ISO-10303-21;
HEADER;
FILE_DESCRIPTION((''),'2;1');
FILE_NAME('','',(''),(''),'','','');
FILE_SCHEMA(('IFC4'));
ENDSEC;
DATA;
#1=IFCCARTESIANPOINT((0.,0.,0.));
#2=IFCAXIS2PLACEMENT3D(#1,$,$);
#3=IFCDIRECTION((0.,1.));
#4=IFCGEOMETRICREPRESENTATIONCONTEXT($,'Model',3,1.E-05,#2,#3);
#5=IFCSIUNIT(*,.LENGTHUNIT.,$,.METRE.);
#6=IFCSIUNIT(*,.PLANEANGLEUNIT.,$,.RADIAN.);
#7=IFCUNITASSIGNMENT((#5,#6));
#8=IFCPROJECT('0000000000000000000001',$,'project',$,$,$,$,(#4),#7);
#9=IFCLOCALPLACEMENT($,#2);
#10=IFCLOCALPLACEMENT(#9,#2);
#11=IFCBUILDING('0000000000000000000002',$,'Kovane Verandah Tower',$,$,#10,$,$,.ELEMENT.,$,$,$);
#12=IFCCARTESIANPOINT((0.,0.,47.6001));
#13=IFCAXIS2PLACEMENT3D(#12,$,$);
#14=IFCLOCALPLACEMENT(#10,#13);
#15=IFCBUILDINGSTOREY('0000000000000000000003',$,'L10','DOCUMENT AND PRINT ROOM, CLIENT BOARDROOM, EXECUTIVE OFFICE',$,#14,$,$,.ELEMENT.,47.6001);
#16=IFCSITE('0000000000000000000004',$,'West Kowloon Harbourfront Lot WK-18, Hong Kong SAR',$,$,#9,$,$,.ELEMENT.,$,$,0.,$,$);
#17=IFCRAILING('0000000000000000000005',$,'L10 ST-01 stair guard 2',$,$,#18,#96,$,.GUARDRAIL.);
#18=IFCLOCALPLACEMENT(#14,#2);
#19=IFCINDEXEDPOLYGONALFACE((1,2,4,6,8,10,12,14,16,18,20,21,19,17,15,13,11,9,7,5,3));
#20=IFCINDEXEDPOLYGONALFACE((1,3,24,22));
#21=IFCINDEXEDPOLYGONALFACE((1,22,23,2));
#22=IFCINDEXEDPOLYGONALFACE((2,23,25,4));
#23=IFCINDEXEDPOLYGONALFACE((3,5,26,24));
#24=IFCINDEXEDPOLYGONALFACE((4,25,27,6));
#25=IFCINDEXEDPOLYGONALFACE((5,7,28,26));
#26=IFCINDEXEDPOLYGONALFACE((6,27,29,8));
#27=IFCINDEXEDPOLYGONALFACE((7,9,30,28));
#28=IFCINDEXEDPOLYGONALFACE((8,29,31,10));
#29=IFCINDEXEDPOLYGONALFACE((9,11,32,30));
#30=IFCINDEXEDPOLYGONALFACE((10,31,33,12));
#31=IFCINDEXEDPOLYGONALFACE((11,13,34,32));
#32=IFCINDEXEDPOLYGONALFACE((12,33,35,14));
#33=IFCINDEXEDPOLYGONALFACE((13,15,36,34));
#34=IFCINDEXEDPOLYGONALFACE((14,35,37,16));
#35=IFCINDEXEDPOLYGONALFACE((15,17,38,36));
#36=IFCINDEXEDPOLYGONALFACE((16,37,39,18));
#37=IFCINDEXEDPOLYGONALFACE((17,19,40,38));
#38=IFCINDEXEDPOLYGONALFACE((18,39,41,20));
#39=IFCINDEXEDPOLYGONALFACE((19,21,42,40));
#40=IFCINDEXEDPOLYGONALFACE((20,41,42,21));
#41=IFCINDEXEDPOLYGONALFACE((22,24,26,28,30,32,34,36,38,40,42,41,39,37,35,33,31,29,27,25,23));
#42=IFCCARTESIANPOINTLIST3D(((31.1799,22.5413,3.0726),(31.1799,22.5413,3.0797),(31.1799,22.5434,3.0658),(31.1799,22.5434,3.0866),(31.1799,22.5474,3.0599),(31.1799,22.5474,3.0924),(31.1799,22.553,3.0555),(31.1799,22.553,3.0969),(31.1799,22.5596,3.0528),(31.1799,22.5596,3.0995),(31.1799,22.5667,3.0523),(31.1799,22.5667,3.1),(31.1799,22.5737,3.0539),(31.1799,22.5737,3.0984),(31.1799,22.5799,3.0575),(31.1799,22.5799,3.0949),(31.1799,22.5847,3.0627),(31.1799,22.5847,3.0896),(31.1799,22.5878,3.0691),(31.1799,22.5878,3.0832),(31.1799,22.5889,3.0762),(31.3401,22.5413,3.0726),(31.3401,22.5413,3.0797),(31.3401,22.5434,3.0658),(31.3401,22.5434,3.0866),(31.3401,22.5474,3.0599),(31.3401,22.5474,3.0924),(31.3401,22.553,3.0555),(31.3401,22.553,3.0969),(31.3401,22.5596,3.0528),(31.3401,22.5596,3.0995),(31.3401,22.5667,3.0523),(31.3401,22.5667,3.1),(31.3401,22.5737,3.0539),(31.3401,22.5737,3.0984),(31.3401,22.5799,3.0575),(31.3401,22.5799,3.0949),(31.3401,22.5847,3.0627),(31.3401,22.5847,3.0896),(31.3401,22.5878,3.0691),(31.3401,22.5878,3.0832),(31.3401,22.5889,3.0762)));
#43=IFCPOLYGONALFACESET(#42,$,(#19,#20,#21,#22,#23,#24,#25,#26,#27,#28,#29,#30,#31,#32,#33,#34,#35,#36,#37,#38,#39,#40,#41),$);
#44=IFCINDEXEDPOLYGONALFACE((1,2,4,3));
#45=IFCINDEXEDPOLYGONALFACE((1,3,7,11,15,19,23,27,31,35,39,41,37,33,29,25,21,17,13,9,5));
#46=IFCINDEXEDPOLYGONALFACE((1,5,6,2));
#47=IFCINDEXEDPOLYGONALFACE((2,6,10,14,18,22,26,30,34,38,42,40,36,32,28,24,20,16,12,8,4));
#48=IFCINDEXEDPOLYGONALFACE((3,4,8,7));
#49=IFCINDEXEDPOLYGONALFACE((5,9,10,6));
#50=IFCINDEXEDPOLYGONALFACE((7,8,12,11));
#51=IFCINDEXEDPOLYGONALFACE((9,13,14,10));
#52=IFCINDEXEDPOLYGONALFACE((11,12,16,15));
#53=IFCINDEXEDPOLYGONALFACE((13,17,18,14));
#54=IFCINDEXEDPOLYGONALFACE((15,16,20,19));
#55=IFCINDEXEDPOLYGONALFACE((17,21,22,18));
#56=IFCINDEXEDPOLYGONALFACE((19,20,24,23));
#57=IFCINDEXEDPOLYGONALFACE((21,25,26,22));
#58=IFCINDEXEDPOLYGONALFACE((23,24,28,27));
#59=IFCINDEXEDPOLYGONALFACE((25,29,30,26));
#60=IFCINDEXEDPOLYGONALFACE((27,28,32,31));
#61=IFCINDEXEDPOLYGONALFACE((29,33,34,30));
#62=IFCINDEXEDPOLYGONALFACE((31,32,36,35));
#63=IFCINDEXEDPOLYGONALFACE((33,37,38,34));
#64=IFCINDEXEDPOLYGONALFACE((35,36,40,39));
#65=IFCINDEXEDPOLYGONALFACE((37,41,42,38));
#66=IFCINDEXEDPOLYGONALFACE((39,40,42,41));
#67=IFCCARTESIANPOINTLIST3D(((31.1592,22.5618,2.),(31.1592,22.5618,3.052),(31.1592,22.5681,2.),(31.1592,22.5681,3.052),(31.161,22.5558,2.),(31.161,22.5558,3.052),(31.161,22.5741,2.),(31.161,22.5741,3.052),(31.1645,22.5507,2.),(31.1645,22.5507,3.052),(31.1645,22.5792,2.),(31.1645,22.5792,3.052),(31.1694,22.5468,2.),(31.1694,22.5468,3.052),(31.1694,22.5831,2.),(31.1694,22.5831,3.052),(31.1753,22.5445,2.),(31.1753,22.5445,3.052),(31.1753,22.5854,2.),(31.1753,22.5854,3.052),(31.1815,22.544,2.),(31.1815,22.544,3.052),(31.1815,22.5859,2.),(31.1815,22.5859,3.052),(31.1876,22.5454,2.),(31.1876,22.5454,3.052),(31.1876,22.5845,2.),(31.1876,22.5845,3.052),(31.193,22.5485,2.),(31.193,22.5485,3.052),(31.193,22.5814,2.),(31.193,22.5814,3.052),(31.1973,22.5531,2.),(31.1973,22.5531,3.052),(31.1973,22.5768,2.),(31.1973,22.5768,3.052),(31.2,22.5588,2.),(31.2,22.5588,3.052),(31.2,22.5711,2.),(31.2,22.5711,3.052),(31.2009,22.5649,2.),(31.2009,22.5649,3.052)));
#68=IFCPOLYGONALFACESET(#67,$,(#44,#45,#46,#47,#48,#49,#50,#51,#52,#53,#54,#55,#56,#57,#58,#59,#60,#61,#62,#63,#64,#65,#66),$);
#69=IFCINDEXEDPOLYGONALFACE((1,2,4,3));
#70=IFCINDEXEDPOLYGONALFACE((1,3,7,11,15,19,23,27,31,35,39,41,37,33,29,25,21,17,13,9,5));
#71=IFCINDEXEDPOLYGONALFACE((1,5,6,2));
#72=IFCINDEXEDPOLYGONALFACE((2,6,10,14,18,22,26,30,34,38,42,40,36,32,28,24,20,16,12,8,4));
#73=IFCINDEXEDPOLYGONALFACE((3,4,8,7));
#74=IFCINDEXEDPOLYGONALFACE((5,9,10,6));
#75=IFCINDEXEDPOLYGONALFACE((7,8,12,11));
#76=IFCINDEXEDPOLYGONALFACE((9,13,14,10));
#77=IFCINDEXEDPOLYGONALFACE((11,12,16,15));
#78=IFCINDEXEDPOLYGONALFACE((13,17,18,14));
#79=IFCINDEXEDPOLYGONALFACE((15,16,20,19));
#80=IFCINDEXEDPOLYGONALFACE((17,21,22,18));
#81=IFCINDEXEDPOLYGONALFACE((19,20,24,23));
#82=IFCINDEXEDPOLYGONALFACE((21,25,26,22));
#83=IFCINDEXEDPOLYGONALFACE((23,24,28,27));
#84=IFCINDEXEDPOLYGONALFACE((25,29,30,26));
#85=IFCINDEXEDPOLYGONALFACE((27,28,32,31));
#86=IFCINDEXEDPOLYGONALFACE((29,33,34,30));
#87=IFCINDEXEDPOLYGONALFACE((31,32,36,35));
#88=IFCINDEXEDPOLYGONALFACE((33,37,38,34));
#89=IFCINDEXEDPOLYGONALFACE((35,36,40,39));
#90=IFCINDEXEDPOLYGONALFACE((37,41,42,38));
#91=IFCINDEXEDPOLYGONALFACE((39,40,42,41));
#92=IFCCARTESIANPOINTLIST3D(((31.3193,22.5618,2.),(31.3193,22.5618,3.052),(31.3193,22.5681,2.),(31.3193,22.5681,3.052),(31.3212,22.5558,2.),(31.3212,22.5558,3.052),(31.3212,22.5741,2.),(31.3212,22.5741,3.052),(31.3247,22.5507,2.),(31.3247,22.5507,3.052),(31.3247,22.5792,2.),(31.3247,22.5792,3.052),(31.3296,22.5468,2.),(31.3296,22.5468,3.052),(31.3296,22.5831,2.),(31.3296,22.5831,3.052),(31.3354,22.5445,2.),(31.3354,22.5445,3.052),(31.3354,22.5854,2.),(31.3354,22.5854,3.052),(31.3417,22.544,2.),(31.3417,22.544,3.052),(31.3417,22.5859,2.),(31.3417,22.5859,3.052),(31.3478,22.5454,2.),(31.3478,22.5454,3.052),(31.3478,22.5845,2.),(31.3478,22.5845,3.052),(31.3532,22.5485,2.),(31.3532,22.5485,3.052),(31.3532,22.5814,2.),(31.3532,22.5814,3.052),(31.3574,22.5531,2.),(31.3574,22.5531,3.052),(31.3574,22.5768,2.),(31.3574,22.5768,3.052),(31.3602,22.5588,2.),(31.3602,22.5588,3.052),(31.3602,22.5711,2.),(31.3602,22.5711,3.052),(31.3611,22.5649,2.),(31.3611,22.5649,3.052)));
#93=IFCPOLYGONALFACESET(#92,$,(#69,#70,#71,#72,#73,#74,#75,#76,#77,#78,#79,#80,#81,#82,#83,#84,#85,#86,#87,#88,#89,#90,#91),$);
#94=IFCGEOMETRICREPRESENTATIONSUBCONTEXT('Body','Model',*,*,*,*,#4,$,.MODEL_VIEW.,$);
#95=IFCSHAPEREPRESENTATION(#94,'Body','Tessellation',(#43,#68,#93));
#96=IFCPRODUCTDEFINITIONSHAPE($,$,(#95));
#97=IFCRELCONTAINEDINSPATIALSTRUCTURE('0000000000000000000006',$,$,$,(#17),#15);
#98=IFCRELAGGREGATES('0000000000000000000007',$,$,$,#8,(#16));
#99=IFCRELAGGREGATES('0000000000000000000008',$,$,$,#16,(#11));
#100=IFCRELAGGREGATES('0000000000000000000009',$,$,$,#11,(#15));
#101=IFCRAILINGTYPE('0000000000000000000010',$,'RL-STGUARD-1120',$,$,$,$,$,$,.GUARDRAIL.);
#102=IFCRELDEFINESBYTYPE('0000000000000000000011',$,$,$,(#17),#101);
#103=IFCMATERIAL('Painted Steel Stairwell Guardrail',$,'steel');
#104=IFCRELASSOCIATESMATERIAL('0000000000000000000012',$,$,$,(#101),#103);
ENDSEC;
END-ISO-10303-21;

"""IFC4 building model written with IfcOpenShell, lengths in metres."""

from ifc_helpers import new_model, si_unit, direction, frame, origin, origin_2d, place, context, subcontext, project, spatial, circle, extrude, material, type_object, element, save


model = new_model("IFC4")

# Units and contexts
model_context = context("Model", 3, precision=1e-05, world=origin(), true_north=direction((0.0, 1.0)))
body_context = subcontext(model_context, "Body", "Model", "MODEL_VIEW")
ifc_project = project(units=[si_unit("LENGTHUNIT", "METRE"), si_unit("PLANEANGLEUNIT", "RADIAN")], contexts=[model_context])

# Site, building, storey
site_placement = place(None, origin())
site = spatial("IfcSite", under=ifc_project, at=site_placement, Name="West Kowloon Harbourfront Lot WK-18, Hong Kong SAR", CompositionType="ELEMENT", RefElevation=0.0)
building_placement = place(site_placement, origin())
building = spatial("IfcBuilding", under=site, at=building_placement, Name="Kovane Verandah Tower", CompositionType="ELEMENT")
storey_placement = place(building_placement, frame((0.0, 0.0, 47.6001)))
storey = spatial("IfcBuildingStorey", under=building, at=storey_placement, Name="L10", Description="DOCUMENT AND PRINT ROOM, CLIENT BOARDROOM, EXECUTIVE OFFICE", CompositionType="ELEMENT", Elevation=47.6001)

# Railing
ifc_material_1 = material(Name="Painted Steel Stairwell Guardrail", Category="steel")
railing_type_1 = type_object("IfcRailingType", Name="RL-STGUARD-1120", PredefinedType="GUARDRAIL", material=ifc_material_1)
railing_1_placement = place(storey_placement, frame((31.1799, 22.5649, 2.0)))
element("IfcRailing", 1, at=railing_1_placement, inside=storey, type_object=railing_type_1, Name="L10 ST-01 stair guard 2", PredefinedType="GUARDRAIL", context=body_context, shape_type="SweptSolid", body=[
    extrude(circle(Radius=0.0239, at=origin_2d()), frame((0.0, 0.0, 1.0762), z_axis=(1.0, 0.0, 0.0), x_axis=(0.0, 1.0, 0.0)), (0.0, 0.0, 1.0), 0.1602),
    extrude(circle(Radius=0.021, at=origin_2d()), origin(), (0.0, 0.0, 1.0), 1.052),
    extrude(circle(Radius=0.021, at=origin_2d()), frame((0.1602, 0.0, 0.0)), (0.0, 0.0, 1.0), 1.052),
])

save(model, "model.ifc")
